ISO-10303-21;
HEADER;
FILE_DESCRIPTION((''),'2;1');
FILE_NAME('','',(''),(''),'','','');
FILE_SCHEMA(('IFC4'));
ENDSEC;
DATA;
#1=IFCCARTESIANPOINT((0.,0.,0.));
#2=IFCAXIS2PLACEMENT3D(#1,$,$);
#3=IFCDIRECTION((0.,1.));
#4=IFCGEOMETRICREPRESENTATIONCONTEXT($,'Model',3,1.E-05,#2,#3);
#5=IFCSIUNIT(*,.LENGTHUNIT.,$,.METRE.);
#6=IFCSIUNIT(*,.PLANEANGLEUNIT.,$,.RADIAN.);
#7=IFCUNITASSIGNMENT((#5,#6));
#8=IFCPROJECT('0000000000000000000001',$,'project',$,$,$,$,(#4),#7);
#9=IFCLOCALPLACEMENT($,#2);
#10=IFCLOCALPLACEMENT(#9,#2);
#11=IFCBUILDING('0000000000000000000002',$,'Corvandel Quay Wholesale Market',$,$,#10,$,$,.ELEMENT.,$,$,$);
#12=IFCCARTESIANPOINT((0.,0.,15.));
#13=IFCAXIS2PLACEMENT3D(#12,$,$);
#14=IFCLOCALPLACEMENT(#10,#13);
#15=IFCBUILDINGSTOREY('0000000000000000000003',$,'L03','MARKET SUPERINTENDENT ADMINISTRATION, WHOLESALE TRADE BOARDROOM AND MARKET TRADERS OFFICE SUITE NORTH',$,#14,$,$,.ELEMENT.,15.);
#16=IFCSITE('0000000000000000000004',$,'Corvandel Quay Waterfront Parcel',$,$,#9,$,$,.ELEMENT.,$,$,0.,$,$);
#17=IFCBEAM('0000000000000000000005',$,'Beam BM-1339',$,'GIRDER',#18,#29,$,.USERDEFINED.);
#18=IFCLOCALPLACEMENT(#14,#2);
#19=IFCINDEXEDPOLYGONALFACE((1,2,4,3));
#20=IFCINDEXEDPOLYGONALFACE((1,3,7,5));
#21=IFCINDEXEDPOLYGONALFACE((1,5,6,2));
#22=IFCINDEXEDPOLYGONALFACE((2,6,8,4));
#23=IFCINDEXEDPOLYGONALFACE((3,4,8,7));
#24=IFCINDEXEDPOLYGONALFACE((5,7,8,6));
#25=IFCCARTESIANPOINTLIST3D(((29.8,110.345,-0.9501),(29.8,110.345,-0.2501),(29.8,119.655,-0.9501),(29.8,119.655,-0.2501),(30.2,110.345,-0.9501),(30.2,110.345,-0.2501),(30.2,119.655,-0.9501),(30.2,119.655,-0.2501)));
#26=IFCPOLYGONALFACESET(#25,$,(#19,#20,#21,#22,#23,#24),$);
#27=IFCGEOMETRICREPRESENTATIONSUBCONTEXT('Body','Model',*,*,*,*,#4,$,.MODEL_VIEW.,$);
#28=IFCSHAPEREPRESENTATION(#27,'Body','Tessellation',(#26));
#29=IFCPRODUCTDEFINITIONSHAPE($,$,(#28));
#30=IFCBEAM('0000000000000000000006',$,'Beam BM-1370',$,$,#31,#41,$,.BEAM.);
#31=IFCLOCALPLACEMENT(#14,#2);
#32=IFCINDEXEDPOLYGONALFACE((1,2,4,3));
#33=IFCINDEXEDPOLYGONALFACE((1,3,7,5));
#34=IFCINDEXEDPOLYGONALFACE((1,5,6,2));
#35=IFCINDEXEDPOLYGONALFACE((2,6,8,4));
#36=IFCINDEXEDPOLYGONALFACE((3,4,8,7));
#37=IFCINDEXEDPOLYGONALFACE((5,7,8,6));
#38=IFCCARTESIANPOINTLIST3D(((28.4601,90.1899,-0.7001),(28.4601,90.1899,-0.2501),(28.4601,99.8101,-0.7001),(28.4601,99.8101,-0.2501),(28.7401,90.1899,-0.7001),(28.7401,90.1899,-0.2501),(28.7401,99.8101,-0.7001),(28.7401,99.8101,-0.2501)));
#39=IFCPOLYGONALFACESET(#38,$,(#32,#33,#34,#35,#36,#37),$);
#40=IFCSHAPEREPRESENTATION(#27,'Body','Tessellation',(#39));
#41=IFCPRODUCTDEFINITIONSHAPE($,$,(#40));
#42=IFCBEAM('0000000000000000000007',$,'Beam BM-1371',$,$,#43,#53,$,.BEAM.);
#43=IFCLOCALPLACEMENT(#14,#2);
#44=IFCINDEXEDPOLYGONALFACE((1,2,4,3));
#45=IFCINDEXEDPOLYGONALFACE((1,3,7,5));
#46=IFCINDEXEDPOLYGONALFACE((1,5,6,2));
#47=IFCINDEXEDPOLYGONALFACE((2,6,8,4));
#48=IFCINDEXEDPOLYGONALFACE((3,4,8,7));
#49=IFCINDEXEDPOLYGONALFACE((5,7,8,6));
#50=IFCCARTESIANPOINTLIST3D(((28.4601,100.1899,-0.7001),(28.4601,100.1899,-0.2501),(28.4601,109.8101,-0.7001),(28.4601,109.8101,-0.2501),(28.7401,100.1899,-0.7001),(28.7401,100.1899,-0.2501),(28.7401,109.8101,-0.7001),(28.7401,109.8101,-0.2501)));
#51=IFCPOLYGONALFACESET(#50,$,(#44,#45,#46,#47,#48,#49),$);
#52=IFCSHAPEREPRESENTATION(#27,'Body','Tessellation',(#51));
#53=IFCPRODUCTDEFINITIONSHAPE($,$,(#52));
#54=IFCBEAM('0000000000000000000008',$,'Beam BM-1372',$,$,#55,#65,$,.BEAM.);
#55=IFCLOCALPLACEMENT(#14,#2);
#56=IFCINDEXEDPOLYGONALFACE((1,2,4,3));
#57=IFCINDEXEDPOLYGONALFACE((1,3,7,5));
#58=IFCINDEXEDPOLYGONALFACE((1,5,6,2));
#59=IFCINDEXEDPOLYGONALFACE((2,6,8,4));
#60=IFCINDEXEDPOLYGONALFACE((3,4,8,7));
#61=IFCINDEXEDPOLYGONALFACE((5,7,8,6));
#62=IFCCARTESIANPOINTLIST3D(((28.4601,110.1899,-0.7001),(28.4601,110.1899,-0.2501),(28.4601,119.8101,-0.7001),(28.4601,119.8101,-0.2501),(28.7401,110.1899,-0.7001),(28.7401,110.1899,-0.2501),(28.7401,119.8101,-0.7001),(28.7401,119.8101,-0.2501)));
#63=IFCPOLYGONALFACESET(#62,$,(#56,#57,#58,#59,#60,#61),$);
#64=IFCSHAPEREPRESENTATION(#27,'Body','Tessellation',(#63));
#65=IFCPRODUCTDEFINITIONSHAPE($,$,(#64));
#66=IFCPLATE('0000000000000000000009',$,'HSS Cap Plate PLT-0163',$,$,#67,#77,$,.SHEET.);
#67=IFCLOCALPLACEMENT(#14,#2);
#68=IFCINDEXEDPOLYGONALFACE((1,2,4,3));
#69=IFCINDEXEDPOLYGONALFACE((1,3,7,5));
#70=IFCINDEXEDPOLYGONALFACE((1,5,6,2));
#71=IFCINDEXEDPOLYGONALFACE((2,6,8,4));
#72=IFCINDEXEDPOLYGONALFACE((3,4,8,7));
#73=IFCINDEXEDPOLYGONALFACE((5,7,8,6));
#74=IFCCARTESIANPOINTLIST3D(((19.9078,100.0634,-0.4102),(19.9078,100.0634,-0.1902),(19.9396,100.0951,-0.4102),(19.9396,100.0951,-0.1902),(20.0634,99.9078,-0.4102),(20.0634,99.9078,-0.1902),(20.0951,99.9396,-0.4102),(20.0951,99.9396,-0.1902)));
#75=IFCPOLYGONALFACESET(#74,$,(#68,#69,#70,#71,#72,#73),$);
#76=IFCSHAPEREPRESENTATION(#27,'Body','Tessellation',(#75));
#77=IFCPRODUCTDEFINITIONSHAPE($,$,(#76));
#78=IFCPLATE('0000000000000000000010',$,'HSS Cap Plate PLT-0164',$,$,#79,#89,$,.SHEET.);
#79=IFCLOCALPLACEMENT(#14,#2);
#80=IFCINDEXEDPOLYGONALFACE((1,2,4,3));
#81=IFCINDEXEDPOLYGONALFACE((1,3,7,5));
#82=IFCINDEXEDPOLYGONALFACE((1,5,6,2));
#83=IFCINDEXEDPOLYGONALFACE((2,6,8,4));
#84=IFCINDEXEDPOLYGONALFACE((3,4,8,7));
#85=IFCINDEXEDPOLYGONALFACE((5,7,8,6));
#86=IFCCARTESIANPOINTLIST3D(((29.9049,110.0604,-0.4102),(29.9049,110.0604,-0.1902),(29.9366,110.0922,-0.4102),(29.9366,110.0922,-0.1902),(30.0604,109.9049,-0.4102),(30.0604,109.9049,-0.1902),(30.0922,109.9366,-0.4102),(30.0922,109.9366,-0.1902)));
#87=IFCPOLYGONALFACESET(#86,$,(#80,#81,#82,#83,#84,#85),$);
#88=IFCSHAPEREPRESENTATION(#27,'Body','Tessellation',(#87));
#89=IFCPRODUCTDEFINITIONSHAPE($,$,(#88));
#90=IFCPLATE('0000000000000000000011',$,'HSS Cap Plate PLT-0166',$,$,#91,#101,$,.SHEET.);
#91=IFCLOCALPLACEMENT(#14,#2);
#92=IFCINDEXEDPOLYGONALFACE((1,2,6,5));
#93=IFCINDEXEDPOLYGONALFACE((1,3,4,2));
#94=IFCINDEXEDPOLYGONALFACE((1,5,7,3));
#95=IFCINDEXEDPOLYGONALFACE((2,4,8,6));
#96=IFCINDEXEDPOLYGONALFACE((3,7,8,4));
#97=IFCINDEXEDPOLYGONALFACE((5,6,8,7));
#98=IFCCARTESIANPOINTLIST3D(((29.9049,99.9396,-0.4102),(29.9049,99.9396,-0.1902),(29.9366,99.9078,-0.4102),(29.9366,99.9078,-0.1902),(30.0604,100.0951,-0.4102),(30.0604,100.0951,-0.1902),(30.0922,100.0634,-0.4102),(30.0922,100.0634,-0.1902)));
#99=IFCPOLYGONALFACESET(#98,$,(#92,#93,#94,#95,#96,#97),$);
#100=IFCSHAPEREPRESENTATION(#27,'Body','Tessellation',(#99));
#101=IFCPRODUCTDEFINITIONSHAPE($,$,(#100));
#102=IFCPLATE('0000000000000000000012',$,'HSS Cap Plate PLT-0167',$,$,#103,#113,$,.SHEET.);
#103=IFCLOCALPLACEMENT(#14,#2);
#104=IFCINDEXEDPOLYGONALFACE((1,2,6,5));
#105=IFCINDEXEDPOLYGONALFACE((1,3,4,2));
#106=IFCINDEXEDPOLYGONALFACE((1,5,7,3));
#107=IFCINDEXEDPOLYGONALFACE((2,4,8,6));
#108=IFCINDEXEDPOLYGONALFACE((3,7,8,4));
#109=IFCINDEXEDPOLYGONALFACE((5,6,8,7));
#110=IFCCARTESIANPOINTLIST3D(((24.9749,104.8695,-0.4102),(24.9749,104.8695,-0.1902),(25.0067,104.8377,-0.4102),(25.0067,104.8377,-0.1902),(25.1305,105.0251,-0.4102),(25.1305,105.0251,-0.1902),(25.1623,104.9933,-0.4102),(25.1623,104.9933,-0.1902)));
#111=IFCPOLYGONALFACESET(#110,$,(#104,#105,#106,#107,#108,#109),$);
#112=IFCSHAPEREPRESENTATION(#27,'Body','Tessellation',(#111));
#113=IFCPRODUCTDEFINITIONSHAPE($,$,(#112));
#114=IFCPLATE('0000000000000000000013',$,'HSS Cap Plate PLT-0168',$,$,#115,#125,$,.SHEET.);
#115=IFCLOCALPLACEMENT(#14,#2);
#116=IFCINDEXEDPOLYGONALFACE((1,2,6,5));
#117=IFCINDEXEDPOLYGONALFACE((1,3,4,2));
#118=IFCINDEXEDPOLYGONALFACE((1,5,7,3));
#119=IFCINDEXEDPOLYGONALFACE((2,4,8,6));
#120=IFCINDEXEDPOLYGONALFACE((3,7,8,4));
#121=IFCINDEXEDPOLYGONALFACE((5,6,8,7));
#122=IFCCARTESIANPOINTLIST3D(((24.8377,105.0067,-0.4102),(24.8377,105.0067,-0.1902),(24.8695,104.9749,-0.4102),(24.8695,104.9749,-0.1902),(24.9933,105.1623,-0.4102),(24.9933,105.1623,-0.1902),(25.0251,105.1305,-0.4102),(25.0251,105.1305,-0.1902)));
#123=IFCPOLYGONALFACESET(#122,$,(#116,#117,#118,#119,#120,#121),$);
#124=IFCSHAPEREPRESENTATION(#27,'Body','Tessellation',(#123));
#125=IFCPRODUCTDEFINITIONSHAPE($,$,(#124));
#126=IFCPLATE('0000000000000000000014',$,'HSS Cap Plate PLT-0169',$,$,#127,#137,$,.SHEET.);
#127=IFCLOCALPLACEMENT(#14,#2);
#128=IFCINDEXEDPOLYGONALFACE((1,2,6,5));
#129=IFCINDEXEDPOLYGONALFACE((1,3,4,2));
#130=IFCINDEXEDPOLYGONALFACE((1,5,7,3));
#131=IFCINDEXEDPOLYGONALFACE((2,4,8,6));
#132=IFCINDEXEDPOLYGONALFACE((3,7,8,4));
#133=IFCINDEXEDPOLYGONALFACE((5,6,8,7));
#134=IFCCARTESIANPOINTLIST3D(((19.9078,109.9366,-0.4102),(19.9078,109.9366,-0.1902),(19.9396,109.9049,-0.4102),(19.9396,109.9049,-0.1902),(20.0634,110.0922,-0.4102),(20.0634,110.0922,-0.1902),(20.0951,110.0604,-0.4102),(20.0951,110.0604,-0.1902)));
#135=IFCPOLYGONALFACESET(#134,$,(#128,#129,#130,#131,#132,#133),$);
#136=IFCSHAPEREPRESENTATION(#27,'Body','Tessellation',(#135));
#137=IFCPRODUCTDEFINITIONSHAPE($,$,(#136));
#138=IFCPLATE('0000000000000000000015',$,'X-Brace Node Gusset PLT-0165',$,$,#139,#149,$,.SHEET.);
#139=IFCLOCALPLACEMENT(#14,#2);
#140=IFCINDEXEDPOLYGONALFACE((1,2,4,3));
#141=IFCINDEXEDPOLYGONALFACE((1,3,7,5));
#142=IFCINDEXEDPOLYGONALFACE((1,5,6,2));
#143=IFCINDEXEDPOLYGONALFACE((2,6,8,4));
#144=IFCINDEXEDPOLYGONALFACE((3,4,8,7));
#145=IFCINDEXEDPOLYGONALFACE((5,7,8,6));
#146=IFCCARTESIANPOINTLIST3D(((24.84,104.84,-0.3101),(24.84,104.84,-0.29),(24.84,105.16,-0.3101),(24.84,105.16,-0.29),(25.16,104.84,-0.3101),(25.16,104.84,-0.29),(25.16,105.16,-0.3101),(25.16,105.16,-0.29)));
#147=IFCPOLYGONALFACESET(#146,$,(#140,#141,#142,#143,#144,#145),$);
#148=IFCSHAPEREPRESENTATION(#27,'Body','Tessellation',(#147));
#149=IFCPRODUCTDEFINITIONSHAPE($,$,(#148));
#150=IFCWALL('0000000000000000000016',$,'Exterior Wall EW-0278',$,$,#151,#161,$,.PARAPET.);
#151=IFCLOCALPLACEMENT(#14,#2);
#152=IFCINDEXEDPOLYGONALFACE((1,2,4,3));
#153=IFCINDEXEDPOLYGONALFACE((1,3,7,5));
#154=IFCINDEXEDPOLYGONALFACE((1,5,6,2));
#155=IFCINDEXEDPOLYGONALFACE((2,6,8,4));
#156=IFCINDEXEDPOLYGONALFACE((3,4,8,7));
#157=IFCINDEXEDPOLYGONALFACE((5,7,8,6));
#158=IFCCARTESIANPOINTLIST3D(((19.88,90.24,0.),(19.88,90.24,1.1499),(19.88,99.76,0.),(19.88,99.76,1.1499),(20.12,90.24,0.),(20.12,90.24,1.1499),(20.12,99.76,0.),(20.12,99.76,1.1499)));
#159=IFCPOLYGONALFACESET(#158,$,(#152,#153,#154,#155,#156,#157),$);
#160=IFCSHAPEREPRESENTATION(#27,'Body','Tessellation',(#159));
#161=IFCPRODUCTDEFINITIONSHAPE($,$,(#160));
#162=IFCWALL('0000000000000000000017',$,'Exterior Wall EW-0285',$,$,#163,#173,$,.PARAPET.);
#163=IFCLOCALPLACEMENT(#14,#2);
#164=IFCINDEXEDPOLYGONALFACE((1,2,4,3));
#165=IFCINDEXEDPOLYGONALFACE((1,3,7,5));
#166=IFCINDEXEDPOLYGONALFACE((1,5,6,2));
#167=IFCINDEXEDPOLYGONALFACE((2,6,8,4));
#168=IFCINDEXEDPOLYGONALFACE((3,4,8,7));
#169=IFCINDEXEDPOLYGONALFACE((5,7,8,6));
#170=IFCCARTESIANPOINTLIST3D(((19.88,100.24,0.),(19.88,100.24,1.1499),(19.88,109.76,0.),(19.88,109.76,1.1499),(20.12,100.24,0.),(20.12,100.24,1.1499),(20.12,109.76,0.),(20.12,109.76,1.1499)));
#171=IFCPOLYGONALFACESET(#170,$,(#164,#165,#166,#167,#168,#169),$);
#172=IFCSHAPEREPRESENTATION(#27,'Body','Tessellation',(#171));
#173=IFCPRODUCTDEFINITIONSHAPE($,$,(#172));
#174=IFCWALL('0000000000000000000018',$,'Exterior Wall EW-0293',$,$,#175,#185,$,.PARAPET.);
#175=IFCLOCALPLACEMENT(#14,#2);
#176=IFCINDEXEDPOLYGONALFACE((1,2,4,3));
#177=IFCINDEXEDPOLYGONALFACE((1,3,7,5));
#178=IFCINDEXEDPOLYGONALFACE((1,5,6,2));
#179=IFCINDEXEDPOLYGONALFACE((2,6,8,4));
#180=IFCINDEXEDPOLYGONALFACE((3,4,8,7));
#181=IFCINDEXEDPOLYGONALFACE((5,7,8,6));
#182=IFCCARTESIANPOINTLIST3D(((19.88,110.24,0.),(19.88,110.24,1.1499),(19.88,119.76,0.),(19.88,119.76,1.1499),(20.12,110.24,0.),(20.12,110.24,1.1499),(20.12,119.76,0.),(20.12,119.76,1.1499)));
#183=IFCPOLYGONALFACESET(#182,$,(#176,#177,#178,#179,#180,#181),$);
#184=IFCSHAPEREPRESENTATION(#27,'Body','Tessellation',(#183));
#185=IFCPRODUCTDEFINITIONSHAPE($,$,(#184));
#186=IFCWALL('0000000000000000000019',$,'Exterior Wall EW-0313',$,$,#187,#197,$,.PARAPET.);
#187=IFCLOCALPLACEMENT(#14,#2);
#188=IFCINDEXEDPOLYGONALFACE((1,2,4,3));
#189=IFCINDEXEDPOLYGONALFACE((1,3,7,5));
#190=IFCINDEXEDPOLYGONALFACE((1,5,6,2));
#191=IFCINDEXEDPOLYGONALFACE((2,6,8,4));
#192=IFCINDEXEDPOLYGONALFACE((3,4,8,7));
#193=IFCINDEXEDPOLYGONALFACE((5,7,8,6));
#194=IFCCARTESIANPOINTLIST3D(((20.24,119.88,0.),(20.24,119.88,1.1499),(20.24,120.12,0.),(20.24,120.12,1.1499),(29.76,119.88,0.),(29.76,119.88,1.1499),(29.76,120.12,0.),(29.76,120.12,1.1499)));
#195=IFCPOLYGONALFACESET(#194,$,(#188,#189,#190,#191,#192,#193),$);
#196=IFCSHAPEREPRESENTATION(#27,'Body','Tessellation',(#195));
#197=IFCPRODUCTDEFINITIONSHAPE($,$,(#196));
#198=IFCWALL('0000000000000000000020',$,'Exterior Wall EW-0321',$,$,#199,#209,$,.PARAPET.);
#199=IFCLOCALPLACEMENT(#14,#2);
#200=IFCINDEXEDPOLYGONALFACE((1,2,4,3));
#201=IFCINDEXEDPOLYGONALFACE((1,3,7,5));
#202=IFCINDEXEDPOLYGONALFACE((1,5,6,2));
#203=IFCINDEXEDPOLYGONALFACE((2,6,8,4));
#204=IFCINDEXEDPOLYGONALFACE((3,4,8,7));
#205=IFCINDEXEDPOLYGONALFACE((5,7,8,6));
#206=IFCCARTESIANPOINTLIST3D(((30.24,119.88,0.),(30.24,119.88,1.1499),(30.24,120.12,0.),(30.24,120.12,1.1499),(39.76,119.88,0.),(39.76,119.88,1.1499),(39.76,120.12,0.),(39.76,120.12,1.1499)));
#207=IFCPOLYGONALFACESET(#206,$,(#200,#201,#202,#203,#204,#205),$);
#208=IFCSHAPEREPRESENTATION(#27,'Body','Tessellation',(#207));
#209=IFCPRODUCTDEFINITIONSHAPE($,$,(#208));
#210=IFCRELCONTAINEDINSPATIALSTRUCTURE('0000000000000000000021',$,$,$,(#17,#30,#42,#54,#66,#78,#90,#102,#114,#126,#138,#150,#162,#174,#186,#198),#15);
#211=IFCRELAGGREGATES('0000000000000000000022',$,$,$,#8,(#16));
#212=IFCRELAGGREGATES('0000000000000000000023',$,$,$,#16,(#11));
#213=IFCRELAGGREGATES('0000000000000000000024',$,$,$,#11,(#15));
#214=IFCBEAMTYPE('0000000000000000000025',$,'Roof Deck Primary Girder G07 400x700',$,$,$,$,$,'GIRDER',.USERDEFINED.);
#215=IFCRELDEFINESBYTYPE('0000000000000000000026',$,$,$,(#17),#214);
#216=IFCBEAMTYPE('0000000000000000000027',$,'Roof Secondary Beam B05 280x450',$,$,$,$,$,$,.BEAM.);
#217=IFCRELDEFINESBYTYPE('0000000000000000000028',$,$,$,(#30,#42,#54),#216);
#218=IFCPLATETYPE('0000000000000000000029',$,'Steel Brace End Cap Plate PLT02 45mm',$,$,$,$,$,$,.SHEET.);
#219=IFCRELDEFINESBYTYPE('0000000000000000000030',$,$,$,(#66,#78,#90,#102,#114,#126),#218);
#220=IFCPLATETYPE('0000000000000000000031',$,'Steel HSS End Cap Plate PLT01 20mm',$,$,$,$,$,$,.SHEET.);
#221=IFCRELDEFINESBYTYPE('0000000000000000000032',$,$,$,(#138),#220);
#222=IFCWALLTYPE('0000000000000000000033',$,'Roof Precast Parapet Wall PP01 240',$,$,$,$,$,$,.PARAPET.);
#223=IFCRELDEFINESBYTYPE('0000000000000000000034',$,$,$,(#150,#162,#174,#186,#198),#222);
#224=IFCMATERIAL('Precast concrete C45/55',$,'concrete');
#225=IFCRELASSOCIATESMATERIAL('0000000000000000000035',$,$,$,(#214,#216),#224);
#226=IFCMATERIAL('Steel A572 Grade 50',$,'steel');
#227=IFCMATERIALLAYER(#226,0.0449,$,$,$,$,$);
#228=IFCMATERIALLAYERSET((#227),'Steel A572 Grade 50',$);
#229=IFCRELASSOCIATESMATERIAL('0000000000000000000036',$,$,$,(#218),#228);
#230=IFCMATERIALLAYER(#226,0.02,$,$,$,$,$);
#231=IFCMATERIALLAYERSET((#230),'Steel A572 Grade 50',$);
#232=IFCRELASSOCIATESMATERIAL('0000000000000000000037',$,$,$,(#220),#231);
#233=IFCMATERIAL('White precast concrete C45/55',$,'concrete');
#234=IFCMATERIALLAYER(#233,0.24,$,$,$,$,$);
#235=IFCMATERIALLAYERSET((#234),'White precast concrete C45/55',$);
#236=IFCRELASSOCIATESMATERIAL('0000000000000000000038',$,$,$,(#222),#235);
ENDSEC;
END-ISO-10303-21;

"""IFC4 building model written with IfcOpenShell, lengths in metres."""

from ifc_helpers import new_model, si_unit, direction, frame, frame_2d, origin, origin_2d, place, context, subcontext, project, spatial, rectangle, extrude, material, layer, layer_set, material_profile, profile_set, type_object, element, save


model = new_model("IFC4")

# Units and contexts
model_context = context("Model", 3, precision=1e-05, world=origin(), true_north=direction((0.0, 1.0)))
body_context = subcontext(model_context, "Body", "Model", "MODEL_VIEW")
ifc_project = project(units=[si_unit("LENGTHUNIT", "METRE"), si_unit("PLANEANGLEUNIT", "RADIAN")], contexts=[model_context])

# Site, building, storey
site_placement = place(None, origin())
site = spatial("IfcSite", under=ifc_project, at=site_placement, Name="Corvandel Quay Waterfront Parcel", CompositionType="ELEMENT", RefElevation=0.0)
building_placement = place(site_placement, origin())
building = spatial("IfcBuilding", under=site, at=building_placement, Name="Corvandel Quay Wholesale Market", CompositionType="ELEMENT")
storey_placement = place(building_placement, frame((0.0, 0.0, 15.0)))
storey = spatial("IfcBuildingStorey", under=building, at=storey_placement, Name="L03", Description="MARKET SUPERINTENDENT ADMINISTRATION, WHOLESALE TRADE BOARDROOM AND MARKET TRADERS OFFICE SUITE NORTH", CompositionType="ELEMENT", Elevation=15.0)

# Shared definitions
ifc_material_1 = material(Name="Precast concrete C45/55", Category="concrete")

# Beams
ifc_material_profile_1 = material_profile(ifc_material_1, rectangle(XDim=0.3999, YDim=0.7, at=origin_2d()), Name="PC-GIR-400x700")
ifc_profile_set_1 = profile_set([ifc_material_profile_1], Name="Precast concrete C45/55")
beam_type_1 = type_object("IfcBeamType", Name="Roof Deck Primary Girder G07 400x700", ElementType="GIRDER", PredefinedType="USERDEFINED", material=ifc_profile_set_1)
for number, where, z_axis, x_axis, name in (
    (1, (30.0, 110.345, -0.6001), (0.0, 1.0, 0.0), (-1.0, 0.0, 0.0), "Beam BM-1339"),
):
    element("IfcBeam", number, at=place(storey_placement, frame(where, z_axis=z_axis, x_axis=x_axis)), inside=storey, type_object=beam_type_1, Name=name, ObjectType="GIRDER", PredefinedType="USERDEFINED", context=body_context, shape_type="SweptSolid", body=[
        extrude(rectangle(XDim=0.3999, YDim=0.7, at=origin_2d()), origin(), (0.0, 0.0, 1.0), 9.3101),
    ])
ifc_material_profile_2 = material_profile(ifc_material_1, rectangle(XDim=0.28, YDim=0.45, at=origin_2d()), Name="PC-BM-280x450")
ifc_profile_set_2 = profile_set([ifc_material_profile_2], Name="Precast concrete C45/55")
beam_type_2 = type_object("IfcBeamType", Name="Roof Secondary Beam B05 280x450", PredefinedType="BEAM", material=ifc_profile_set_2)
for number, where, z_axis, x_axis, name in (
    (2, (28.6001, 90.1899, -0.4751), (0.0, 1.0, 0.0), (-1.0, 0.0, 0.0), "Beam BM-1370"),
    (3, (28.6001, 100.1899, -0.4751), (0.0, 1.0, 0.0), (-1.0, 0.0, 0.0), "Beam BM-1371"),
    (4, (28.6001, 110.1899, -0.4751), (0.0, 1.0, 0.0), (-1.0, 0.0, 0.0), "Beam BM-1372"),
):
    element("IfcBeam", number, at=place(storey_placement, frame(where, z_axis=z_axis, x_axis=x_axis)), inside=storey, type_object=beam_type_2, Name=name, PredefinedType="BEAM", context=body_context, shape_type="SweptSolid", body=[
        extrude(rectangle(XDim=0.28, YDim=0.45, at=origin_2d()), origin(), (0.0, 0.0, 1.0), 9.6201),
    ])

# Plates
ifc_material_2 = material(Name="Steel A572 Grade 50", Category="steel")
ifc_layer_1 = layer(ifc_material_2, 0.0449)
ifc_layer_set_1 = layer_set([ifc_layer_1], Name="Steel A572 Grade 50")
plate_type_1 = type_object("IfcPlateType", Name="Steel Brace End Cap Plate PLT02 45mm", PredefinedType="SHEET", material=ifc_layer_set_1)
for number, where, z_axis, x_axis, name in (
    (5, (20.0015, 100.0015, -0.4102), (0.0, 0.0, 1.0), (-0.707107, 0.707107, 0.0), "HSS Cap Plate PLT-0163"),
    (6, (29.9985, 109.9985, -0.4102), (0.0, 0.0, 1.0), (-0.707107, 0.707107, 0.0), "HSS Cap Plate PLT-0164"),
    (7, (29.9985, 100.0015, -0.4102), (0.0, 0.0, 1.0), (0.707107, 0.707107, 0.0), "HSS Cap Plate PLT-0166"),
    (8, (25.0686, 104.9314, -0.4102), (0.0, 0.0, 1.0), (0.707107, 0.707107, 0.0), "HSS Cap Plate PLT-0167"),
    (9, (24.9314, 105.0686, -0.4102), (0.0, 0.0, 1.0), (0.707107, 0.707107, 0.0), "HSS Cap Plate PLT-0168"),
    (10, (20.0015, 109.9985, -0.4102), (0.0, 0.0, 1.0), (0.707107, 0.707107, 0.0), "HSS Cap Plate PLT-0169"),
):
    element("IfcPlate", number, at=place(storey_placement, frame(where, z_axis=z_axis, x_axis=x_axis)), inside=storey, type_object=plate_type_1, Name=name, PredefinedType="SHEET", context=body_context, shape_type="SweptSolid", body=[
        extrude(rectangle(XDim=0.22, YDim=0.0449, at=origin_2d()), origin(), (0.0, 0.0, 1.0), 0.22),
    ])
ifc_layer_2 = layer(ifc_material_2, 0.02)
ifc_layer_set_2 = layer_set([ifc_layer_2], Name="Steel A572 Grade 50")
plate_type_2 = type_object("IfcPlateType", Name="Steel HSS End Cap Plate PLT01 20mm", PredefinedType="SHEET", material=ifc_layer_set_2)
plate_placement = place(storey_placement, frame((25.0, 105.0, -0.3101), z_axis=(0.0, 0.0, 1.0), x_axis=(1.0, 0.0, 0.0)))
element("IfcPlate", 11, at=plate_placement, inside=storey, type_object=plate_type_2, Name="X-Brace Node Gusset PLT-0165", PredefinedType="SHEET", context=body_context, shape_type="SweptSolid", body=[
    extrude(rectangle(XDim=0.3201, YDim=0.3201, at=origin_2d()), origin(), (0.0, 0.0, 1.0), 0.02),
])

# Walls
ifc_material_3 = material(Name="White precast concrete C45/55", Category="concrete")
ifc_layer_3 = layer(ifc_material_3, 0.24)
ifc_layer_set_3 = layer_set([ifc_layer_3], Name="White precast concrete C45/55")
wall_type = type_object("IfcWallType", Name="Roof Precast Parapet Wall PP01 240", PredefinedType="PARAPET", material=ifc_layer_set_3)
for number, where, z_axis, x_axis, name in (
    (12, (20.0, 90.24, 0.0), (0.0, 0.0, 1.0), (0.0, 1.0, 0.0), "Exterior Wall EW-0278"),
    (13, (20.0, 100.24, 0.0), (0.0, 0.0, 1.0), (0.0, 1.0, 0.0), "Exterior Wall EW-0285"),
    (14, (20.0, 110.24, 0.0), (0.0, 0.0, 1.0), (0.0, 1.0, 0.0), "Exterior Wall EW-0293"),
    (15, (20.24, 120.0, 0.0), (0.0, 0.0, 1.0), (1.0, 0.0, 0.0), "Exterior Wall EW-0313"),
    (16, (30.24, 120.0, 0.0), (0.0, 0.0, 1.0), (1.0, 0.0, 0.0), "Exterior Wall EW-0321"),
):
    element("IfcWall", number, at=place(storey_placement, frame(where, z_axis=z_axis, x_axis=x_axis)), inside=storey, type_object=wall_type, Name=name, PredefinedType="PARAPET", context=body_context, shape_type="SweptSolid", body=[
        extrude(rectangle(XDim=9.52, YDim=0.24, at=frame_2d((4.76, 0.0))), origin(), (0.0, 0.0, 1.0), 1.1499),
    ])

save(model, "model.ifc")
